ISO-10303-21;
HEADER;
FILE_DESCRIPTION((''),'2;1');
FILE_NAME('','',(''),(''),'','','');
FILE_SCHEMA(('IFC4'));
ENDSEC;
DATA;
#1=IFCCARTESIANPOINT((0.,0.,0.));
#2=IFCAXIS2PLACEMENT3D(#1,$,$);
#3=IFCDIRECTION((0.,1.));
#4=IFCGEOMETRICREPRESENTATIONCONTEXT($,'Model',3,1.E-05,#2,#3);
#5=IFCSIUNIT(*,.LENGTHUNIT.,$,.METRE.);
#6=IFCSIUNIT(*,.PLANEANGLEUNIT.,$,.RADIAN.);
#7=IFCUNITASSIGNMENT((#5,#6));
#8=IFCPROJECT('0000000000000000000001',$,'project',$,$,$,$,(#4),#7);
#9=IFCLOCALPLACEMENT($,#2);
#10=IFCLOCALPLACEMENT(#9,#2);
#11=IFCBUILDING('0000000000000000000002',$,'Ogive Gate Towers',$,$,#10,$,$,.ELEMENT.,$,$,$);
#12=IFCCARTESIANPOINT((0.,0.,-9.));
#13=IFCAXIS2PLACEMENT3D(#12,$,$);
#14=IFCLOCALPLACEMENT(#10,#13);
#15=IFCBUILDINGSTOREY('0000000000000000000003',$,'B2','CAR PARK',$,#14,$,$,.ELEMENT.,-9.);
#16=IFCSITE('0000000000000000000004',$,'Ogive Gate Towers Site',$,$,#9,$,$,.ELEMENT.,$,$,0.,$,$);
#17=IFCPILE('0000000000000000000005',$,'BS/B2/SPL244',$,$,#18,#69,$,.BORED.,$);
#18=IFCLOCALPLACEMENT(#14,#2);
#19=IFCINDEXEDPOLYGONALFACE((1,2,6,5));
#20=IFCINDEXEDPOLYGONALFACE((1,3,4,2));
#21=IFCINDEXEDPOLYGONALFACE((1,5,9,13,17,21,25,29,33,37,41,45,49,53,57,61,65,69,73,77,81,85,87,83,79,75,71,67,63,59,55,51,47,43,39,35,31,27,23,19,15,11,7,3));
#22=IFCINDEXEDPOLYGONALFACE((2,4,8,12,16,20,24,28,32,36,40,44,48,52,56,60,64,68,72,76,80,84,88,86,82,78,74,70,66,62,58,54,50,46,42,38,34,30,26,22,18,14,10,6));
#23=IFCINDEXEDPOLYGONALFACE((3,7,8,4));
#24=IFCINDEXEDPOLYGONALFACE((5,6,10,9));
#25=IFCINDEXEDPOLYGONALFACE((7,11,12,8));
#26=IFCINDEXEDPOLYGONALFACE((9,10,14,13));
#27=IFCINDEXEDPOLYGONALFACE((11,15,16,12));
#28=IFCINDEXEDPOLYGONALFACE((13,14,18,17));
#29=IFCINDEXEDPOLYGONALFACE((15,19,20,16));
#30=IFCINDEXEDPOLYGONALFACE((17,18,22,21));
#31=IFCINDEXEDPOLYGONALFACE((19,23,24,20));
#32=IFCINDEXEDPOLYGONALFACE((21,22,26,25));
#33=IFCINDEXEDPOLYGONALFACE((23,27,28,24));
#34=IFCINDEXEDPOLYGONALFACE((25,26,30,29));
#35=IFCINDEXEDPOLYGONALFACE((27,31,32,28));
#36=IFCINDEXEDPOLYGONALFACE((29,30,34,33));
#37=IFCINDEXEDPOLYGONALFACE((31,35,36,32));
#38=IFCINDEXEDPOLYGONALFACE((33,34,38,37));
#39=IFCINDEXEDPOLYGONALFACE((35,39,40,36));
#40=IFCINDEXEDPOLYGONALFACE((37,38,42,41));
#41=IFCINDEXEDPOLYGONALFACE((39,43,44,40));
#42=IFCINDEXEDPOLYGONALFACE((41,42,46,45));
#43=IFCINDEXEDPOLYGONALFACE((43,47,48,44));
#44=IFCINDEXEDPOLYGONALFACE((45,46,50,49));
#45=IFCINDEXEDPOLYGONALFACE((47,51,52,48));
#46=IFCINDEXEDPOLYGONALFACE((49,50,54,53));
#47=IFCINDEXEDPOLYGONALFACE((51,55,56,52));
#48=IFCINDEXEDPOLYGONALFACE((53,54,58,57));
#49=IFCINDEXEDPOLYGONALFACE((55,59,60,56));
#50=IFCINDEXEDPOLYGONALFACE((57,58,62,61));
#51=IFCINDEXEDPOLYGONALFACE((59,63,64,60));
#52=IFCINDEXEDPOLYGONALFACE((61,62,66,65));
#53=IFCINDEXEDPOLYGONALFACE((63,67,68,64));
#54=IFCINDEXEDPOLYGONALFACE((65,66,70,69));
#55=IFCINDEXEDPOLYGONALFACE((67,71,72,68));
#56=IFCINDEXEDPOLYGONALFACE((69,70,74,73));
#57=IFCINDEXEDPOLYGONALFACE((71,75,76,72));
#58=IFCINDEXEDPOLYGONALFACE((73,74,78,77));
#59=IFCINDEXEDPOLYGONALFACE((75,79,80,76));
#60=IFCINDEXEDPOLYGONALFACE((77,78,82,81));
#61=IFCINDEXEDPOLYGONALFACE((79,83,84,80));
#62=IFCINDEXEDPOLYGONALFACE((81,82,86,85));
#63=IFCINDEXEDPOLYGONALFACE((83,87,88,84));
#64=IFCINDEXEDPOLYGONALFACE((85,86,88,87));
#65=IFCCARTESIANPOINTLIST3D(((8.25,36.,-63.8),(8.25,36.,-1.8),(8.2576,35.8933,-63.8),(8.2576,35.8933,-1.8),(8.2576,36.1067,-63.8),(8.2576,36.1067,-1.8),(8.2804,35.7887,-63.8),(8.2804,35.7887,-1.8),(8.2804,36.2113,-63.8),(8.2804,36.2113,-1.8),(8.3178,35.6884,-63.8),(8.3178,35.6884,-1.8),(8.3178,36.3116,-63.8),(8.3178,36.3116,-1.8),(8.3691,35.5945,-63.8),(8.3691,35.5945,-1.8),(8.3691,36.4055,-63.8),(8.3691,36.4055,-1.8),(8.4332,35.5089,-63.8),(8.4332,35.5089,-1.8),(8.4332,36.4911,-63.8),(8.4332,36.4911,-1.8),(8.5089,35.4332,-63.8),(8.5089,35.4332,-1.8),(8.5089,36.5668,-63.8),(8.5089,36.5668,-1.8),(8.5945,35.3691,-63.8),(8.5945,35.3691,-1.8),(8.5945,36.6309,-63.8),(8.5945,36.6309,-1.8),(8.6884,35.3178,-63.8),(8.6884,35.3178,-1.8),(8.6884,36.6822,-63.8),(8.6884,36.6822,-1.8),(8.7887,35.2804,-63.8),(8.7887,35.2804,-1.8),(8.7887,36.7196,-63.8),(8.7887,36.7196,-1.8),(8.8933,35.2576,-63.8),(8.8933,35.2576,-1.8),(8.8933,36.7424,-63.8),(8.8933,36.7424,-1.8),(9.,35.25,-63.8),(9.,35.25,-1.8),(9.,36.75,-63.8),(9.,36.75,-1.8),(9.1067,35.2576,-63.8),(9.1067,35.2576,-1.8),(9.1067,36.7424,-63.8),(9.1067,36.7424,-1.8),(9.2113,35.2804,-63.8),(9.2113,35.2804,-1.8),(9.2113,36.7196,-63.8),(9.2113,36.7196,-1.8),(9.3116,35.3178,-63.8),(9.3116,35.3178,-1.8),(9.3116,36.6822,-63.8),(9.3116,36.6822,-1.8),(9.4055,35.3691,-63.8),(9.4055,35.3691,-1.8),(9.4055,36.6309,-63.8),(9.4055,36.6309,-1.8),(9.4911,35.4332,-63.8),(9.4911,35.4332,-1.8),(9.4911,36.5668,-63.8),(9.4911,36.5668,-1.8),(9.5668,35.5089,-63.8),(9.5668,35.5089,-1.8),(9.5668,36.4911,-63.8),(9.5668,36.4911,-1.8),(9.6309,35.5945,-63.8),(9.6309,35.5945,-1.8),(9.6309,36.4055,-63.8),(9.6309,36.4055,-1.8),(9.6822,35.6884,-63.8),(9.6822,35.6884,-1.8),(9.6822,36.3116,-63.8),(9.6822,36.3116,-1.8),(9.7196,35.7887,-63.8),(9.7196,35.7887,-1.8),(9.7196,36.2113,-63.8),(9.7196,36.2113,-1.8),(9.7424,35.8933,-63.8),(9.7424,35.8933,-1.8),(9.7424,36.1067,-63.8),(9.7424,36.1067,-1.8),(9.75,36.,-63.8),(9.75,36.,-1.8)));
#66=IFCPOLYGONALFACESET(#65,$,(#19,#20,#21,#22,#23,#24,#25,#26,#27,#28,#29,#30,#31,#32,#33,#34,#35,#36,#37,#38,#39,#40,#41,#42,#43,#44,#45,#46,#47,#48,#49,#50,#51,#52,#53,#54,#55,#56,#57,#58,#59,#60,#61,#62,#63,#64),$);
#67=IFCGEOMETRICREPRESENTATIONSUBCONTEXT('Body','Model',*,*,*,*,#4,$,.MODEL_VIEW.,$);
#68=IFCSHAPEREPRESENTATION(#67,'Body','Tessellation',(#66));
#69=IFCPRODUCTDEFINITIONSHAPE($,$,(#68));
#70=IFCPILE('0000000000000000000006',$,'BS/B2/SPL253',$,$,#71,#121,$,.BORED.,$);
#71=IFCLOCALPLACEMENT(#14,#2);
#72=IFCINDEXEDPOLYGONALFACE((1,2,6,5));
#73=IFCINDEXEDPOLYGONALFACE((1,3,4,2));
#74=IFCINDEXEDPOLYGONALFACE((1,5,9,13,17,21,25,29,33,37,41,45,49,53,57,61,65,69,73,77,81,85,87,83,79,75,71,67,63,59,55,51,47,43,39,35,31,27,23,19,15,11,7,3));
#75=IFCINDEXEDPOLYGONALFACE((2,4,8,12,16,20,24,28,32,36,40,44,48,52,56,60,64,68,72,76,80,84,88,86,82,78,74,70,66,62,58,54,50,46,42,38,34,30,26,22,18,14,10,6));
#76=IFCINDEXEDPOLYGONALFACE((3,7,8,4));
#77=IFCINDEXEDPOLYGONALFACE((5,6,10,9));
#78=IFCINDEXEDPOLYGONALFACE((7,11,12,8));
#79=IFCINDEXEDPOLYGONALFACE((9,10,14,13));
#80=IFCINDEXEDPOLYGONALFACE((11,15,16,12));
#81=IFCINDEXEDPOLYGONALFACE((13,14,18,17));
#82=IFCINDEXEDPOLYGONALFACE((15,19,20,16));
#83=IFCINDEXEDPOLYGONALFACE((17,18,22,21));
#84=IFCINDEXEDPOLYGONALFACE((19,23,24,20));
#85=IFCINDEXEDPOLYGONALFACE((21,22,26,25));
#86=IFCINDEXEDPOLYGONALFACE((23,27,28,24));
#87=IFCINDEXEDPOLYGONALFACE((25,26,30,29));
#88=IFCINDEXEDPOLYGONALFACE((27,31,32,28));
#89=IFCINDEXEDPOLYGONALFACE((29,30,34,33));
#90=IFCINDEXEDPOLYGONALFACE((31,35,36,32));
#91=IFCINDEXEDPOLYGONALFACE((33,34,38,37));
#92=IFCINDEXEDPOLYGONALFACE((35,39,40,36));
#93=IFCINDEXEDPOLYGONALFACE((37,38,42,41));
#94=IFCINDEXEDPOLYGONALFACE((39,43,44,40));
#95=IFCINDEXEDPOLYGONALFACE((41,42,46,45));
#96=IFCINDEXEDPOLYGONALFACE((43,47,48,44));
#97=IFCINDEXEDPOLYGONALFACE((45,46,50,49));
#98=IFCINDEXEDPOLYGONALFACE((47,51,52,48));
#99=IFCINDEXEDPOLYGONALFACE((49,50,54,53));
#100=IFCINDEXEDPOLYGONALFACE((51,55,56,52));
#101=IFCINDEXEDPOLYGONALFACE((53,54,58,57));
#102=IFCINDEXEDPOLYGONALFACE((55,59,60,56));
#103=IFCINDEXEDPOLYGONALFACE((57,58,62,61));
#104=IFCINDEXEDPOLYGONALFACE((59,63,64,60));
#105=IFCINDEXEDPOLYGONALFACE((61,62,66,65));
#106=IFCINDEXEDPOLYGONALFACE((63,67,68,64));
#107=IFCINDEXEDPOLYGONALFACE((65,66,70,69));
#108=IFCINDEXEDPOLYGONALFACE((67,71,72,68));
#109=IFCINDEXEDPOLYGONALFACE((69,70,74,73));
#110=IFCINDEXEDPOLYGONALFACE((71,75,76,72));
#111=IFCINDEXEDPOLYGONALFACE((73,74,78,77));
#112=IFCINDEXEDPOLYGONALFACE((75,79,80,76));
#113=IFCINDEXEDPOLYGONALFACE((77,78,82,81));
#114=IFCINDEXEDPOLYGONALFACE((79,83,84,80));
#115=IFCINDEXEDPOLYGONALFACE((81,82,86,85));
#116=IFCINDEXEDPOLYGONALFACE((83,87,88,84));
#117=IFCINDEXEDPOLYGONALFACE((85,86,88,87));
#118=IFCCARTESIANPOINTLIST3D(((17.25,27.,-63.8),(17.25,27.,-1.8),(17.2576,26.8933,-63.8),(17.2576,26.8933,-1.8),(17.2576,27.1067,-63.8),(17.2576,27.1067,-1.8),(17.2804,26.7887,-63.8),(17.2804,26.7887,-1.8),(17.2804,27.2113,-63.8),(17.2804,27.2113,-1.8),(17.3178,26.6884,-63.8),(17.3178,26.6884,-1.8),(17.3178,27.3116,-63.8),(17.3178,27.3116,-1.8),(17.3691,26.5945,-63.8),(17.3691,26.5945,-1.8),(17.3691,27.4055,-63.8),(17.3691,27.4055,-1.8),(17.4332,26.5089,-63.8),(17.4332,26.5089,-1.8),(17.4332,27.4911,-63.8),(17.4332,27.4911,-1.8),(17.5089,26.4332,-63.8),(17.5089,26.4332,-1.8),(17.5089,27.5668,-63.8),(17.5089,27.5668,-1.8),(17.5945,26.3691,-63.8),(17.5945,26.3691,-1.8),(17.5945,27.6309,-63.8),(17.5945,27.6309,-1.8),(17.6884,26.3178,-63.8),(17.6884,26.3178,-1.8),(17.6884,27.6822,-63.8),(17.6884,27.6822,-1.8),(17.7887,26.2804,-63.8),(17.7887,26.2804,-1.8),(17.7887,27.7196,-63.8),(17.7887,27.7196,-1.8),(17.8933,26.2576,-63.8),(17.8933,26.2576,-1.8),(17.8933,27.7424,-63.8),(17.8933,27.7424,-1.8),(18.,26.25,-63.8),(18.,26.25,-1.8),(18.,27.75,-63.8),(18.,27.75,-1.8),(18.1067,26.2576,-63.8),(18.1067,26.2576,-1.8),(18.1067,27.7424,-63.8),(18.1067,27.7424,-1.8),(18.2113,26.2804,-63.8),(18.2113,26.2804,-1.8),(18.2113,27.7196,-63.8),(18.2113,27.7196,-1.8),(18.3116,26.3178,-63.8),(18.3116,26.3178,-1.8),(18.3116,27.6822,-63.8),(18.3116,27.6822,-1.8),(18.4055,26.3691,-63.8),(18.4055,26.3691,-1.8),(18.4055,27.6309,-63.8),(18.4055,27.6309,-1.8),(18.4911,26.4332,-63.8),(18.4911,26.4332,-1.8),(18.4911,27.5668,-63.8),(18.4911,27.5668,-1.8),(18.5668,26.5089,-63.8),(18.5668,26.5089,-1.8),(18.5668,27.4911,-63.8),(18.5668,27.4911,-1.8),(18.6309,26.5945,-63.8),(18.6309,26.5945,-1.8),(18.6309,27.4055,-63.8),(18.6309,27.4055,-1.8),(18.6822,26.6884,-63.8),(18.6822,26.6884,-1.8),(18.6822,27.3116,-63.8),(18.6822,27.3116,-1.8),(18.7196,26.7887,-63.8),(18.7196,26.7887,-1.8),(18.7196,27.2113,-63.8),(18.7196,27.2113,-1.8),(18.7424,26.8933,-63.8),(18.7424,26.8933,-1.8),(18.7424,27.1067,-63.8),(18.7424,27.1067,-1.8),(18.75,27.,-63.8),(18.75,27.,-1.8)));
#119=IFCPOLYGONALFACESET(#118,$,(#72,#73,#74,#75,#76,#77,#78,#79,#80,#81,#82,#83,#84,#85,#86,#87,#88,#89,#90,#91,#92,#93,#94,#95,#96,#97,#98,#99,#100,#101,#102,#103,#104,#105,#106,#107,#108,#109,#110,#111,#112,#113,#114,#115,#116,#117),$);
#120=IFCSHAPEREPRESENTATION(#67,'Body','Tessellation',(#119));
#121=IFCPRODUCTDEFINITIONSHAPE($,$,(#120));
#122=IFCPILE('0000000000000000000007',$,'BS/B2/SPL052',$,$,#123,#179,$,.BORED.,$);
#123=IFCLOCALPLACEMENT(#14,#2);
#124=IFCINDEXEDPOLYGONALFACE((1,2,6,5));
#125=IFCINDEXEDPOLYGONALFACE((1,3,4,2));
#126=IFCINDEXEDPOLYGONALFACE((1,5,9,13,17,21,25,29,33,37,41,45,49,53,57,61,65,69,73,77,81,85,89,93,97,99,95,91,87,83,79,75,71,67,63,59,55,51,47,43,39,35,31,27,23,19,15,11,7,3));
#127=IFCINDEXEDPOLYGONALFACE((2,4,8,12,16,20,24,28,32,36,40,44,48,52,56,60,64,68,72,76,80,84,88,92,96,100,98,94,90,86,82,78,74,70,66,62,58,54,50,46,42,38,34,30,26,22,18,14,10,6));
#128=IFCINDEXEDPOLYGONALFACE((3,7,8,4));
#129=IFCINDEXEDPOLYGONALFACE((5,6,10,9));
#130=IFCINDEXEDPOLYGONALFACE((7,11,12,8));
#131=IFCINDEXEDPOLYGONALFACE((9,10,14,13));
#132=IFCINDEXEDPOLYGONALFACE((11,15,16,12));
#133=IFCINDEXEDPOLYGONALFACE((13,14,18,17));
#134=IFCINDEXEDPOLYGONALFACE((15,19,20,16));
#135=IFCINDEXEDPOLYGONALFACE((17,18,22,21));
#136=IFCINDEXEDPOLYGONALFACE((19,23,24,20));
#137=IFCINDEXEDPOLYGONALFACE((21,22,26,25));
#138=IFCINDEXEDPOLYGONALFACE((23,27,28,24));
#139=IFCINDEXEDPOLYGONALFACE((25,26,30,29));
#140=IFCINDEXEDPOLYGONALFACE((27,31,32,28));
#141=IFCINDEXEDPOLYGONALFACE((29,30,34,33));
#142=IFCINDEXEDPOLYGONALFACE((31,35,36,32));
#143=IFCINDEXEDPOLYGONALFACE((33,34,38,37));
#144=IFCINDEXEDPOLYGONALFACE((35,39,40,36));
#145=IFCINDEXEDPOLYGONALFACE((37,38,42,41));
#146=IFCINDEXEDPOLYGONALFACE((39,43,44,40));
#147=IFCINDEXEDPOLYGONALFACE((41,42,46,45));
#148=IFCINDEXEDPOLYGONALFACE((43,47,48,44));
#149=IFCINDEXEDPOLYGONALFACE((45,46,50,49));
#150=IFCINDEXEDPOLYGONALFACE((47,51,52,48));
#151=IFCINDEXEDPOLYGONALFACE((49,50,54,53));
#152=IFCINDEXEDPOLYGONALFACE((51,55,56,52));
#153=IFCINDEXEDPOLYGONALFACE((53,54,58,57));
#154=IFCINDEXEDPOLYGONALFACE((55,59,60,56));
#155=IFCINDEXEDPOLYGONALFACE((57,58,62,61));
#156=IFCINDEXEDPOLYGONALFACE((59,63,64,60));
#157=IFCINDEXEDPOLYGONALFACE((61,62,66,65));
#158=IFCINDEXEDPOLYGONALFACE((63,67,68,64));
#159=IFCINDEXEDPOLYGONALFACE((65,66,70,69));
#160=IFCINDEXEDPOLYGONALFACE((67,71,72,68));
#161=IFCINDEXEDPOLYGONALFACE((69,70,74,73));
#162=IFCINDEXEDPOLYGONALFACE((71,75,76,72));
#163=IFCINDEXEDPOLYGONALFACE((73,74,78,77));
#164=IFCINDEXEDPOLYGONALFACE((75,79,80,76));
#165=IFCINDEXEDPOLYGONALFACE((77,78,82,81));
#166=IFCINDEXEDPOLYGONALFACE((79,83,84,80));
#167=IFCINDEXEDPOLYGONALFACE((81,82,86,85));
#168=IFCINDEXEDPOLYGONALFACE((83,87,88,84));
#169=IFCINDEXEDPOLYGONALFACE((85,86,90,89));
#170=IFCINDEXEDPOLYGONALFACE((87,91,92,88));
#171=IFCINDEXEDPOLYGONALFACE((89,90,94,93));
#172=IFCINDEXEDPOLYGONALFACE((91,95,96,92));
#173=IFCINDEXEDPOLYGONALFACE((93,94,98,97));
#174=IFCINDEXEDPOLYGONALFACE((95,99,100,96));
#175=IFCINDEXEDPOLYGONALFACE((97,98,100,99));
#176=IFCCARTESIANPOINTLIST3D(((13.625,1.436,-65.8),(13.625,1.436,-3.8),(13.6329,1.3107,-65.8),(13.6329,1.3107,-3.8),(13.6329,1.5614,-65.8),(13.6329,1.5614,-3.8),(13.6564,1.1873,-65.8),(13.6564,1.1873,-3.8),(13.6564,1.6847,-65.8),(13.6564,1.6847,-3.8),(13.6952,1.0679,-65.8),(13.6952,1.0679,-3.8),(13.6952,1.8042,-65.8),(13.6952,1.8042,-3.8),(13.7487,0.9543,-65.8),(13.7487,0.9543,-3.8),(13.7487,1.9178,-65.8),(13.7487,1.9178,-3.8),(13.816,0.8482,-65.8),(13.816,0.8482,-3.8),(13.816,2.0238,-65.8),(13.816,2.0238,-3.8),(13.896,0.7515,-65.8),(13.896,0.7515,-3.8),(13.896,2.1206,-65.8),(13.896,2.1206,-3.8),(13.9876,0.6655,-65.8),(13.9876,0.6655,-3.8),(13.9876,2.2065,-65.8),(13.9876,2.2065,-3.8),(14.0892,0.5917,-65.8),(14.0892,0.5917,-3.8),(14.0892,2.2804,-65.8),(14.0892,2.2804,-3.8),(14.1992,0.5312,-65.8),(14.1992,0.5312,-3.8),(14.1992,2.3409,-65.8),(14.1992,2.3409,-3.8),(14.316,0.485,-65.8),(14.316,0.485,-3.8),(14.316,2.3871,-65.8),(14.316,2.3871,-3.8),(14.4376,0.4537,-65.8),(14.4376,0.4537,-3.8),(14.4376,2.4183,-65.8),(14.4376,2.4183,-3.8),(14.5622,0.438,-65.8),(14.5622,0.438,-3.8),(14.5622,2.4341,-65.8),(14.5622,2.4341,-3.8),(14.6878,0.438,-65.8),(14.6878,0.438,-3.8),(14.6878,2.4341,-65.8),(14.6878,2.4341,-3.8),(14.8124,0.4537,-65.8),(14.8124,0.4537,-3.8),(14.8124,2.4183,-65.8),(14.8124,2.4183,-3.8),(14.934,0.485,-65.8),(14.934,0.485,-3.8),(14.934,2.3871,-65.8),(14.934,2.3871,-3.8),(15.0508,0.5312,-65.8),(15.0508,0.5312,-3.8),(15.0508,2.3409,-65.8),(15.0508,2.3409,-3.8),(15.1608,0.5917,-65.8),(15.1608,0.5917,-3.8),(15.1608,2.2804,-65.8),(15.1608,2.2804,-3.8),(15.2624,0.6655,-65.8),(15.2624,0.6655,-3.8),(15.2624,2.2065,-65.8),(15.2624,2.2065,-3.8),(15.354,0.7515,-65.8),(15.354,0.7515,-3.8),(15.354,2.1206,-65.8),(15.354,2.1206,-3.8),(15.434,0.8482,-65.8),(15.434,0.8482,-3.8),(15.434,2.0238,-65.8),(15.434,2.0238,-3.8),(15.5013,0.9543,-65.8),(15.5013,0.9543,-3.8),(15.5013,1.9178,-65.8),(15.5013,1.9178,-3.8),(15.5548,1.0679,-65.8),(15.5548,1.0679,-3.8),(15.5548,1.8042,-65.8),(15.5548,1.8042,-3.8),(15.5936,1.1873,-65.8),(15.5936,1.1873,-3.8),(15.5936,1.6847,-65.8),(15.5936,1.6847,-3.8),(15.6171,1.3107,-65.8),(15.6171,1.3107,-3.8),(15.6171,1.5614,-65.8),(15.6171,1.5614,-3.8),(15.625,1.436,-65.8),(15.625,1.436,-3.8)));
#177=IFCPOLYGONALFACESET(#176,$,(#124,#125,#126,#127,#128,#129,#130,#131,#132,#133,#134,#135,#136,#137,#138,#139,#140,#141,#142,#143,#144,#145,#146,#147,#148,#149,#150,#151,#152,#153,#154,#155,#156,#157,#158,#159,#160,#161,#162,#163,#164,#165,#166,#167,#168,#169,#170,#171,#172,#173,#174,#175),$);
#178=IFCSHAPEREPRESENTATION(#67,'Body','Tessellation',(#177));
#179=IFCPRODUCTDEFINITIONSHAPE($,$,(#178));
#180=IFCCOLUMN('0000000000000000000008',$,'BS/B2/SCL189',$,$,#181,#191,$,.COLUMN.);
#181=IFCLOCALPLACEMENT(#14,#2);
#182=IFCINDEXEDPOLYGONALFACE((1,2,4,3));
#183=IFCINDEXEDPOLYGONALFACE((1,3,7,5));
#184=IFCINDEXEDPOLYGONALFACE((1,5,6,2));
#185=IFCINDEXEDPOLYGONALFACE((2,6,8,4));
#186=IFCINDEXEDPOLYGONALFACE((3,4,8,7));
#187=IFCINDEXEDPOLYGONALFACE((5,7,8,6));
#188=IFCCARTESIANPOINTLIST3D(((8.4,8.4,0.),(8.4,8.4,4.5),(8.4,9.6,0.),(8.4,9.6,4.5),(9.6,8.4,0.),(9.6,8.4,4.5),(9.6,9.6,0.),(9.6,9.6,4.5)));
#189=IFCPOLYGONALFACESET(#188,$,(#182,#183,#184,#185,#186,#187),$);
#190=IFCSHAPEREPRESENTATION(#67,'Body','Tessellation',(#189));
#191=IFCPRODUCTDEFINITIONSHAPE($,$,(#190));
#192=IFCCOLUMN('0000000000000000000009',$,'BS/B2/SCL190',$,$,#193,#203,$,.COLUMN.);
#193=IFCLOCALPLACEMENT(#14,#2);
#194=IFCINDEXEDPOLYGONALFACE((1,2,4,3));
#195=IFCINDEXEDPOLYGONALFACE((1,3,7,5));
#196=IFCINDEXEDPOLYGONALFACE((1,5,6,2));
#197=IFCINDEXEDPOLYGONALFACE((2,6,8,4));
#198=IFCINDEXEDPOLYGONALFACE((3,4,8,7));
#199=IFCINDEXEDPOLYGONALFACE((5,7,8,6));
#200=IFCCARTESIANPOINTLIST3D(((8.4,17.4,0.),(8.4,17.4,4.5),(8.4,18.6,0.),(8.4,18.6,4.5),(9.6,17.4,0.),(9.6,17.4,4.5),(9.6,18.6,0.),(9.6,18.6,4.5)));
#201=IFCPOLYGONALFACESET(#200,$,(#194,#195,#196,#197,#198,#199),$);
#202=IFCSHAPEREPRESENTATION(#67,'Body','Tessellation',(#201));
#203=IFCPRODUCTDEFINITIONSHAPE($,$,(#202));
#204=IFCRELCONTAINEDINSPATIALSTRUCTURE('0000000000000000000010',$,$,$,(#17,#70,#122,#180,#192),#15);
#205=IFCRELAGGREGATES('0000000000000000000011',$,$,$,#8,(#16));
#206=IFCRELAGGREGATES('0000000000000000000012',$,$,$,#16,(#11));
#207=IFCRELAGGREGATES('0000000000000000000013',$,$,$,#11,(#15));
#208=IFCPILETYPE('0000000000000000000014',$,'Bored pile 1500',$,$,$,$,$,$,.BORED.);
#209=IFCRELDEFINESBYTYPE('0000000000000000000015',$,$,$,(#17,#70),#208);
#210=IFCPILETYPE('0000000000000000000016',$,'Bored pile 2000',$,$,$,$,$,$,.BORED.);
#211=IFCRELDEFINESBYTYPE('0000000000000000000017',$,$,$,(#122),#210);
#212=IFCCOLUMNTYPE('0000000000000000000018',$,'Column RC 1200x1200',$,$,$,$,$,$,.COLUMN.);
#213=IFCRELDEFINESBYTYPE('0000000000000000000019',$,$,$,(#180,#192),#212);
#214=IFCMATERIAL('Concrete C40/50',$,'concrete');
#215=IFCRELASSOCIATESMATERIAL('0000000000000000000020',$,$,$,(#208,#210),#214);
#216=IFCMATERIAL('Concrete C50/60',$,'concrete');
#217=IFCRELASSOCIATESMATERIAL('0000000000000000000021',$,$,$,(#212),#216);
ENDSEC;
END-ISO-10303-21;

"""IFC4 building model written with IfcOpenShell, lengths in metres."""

from ifc_helpers import new_model, si_unit, direction, frame, origin, origin_2d, place, context, subcontext, project, spatial, rectangle, circle, extrude, material, material_profile, profile_set, type_object, element, save


model = new_model("IFC4")

# Units and contexts
model_context = context("Model", 3, precision=1e-05, world=origin(), true_north=direction((0.0, 1.0)))
body_context = subcontext(model_context, "Body", "Model", "MODEL_VIEW")
ifc_project = project(units=[si_unit("LENGTHUNIT", "METRE"), si_unit("PLANEANGLEUNIT", "RADIAN")], contexts=[model_context])

# Site, building, storey
site_placement = place(None, origin())
site = spatial("IfcSite", under=ifc_project, at=site_placement, Name="Ogive Gate Towers Site", CompositionType="ELEMENT", RefElevation=0.0)
building_placement = place(site_placement, origin())
building = spatial("IfcBuilding", under=site, at=building_placement, Name="Ogive Gate Towers", CompositionType="ELEMENT")
storey_placement = place(building_placement, frame((0.0, 0.0, -9.0)))
storey = spatial("IfcBuildingStorey", under=building, at=storey_placement, Name="B2", Description="CAR PARK", CompositionType="ELEMENT", Elevation=-9.0)

# Piles
ifc_material_1 = material(Name="Concrete C40/50", Category="concrete")
ifc_material_profile_1 = material_profile(ifc_material_1, circle(Radius=0.75, at=origin_2d()), Name="BP 1500")
ifc_profile_set_1 = profile_set([ifc_material_profile_1], Name="Concrete C40/50")
pile_type_1 = type_object("IfcPileType", Name="Bored pile 1500", PredefinedType="BORED", material=ifc_profile_set_1)
for number, where, z_axis, x_axis, name in (
    (1, (9.0, 36.0, -1.8), (0.0, 0.0, -1.0), (1.0, 0.0, 0.0), "BS/B2/SPL244"),
    (2, (18.0, 27.0, -1.8), (0.0, 0.0, -1.0), (1.0, 0.0, 0.0), "BS/B2/SPL253"),
):
    element("IfcPile", number, at=place(storey_placement, frame(where, z_axis=z_axis, x_axis=x_axis)), inside=storey, type_object=pile_type_1, Name=name, PredefinedType="BORED", context=body_context, shape_type="SweptSolid", body=[
        extrude(circle(Radius=0.75, at=origin_2d()), origin(), (0.0, 0.0, 1.0), 62.0),
    ])
ifc_material_profile_2 = material_profile(ifc_material_1, circle(Radius=1.0, at=origin_2d()), Name="BP 2000")
ifc_profile_set_2 = profile_set([ifc_material_profile_2], Name="Concrete C40/50")
pile_type_2 = type_object("IfcPileType", Name="Bored pile 2000", PredefinedType="BORED", material=ifc_profile_set_2)
pile_placement = place(storey_placement, frame((14.625, 1.436, -3.8), z_axis=(0.0, 0.0, -1.0), x_axis=(1.0, 0.0, 0.0)))
element("IfcPile", 3, at=pile_placement, inside=storey, type_object=pile_type_2, Name="BS/B2/SPL052", PredefinedType="BORED", context=body_context, shape_type="SweptSolid", body=[
    extrude(circle(Radius=1.0, at=origin_2d()), origin(), (0.0, 0.0, 1.0), 62.0),
])

# Columns
ifc_material_2 = material(Name="Concrete C50/60", Category="concrete")
ifc_material_profile_3 = material_profile(ifc_material_2, rectangle(XDim=1.2, YDim=1.2, at=origin_2d()), Name="RC 1200x1200")
ifc_profile_set_3 = profile_set([ifc_material_profile_3], Name="Concrete C50/60")
column_type_1 = type_object("IfcColumnType", Name="Column RC 1200x1200", PredefinedType="COLUMN", material=ifc_profile_set_3)
for number, where, z_axis, x_axis, name in (
    (4, (9.0, 9.0, 0.0), (0.0, 0.0, 1.0), (1.0, 0.0, 0.0), "BS/B2/SCL189"),
    (5, (9.0, 18.0, 0.0), (0.0, 0.0, 1.0), (1.0, 0.0, 0.0), "BS/B2/SCL190"),
):
    element("IfcColumn", number, at=place(storey_placement, frame(where, z_axis=z_axis, x_axis=x_axis)), inside=storey, type_object=column_type_1, Name=name, PredefinedType="COLUMN", context=body_context, shape_type="SweptSolid", body=[
        extrude(rectangle(XDim=1.2, YDim=1.2, at=origin_2d()), origin(), (0.0, 0.0, 1.0), 4.5),
    ])

save(model, "model.ifc")
